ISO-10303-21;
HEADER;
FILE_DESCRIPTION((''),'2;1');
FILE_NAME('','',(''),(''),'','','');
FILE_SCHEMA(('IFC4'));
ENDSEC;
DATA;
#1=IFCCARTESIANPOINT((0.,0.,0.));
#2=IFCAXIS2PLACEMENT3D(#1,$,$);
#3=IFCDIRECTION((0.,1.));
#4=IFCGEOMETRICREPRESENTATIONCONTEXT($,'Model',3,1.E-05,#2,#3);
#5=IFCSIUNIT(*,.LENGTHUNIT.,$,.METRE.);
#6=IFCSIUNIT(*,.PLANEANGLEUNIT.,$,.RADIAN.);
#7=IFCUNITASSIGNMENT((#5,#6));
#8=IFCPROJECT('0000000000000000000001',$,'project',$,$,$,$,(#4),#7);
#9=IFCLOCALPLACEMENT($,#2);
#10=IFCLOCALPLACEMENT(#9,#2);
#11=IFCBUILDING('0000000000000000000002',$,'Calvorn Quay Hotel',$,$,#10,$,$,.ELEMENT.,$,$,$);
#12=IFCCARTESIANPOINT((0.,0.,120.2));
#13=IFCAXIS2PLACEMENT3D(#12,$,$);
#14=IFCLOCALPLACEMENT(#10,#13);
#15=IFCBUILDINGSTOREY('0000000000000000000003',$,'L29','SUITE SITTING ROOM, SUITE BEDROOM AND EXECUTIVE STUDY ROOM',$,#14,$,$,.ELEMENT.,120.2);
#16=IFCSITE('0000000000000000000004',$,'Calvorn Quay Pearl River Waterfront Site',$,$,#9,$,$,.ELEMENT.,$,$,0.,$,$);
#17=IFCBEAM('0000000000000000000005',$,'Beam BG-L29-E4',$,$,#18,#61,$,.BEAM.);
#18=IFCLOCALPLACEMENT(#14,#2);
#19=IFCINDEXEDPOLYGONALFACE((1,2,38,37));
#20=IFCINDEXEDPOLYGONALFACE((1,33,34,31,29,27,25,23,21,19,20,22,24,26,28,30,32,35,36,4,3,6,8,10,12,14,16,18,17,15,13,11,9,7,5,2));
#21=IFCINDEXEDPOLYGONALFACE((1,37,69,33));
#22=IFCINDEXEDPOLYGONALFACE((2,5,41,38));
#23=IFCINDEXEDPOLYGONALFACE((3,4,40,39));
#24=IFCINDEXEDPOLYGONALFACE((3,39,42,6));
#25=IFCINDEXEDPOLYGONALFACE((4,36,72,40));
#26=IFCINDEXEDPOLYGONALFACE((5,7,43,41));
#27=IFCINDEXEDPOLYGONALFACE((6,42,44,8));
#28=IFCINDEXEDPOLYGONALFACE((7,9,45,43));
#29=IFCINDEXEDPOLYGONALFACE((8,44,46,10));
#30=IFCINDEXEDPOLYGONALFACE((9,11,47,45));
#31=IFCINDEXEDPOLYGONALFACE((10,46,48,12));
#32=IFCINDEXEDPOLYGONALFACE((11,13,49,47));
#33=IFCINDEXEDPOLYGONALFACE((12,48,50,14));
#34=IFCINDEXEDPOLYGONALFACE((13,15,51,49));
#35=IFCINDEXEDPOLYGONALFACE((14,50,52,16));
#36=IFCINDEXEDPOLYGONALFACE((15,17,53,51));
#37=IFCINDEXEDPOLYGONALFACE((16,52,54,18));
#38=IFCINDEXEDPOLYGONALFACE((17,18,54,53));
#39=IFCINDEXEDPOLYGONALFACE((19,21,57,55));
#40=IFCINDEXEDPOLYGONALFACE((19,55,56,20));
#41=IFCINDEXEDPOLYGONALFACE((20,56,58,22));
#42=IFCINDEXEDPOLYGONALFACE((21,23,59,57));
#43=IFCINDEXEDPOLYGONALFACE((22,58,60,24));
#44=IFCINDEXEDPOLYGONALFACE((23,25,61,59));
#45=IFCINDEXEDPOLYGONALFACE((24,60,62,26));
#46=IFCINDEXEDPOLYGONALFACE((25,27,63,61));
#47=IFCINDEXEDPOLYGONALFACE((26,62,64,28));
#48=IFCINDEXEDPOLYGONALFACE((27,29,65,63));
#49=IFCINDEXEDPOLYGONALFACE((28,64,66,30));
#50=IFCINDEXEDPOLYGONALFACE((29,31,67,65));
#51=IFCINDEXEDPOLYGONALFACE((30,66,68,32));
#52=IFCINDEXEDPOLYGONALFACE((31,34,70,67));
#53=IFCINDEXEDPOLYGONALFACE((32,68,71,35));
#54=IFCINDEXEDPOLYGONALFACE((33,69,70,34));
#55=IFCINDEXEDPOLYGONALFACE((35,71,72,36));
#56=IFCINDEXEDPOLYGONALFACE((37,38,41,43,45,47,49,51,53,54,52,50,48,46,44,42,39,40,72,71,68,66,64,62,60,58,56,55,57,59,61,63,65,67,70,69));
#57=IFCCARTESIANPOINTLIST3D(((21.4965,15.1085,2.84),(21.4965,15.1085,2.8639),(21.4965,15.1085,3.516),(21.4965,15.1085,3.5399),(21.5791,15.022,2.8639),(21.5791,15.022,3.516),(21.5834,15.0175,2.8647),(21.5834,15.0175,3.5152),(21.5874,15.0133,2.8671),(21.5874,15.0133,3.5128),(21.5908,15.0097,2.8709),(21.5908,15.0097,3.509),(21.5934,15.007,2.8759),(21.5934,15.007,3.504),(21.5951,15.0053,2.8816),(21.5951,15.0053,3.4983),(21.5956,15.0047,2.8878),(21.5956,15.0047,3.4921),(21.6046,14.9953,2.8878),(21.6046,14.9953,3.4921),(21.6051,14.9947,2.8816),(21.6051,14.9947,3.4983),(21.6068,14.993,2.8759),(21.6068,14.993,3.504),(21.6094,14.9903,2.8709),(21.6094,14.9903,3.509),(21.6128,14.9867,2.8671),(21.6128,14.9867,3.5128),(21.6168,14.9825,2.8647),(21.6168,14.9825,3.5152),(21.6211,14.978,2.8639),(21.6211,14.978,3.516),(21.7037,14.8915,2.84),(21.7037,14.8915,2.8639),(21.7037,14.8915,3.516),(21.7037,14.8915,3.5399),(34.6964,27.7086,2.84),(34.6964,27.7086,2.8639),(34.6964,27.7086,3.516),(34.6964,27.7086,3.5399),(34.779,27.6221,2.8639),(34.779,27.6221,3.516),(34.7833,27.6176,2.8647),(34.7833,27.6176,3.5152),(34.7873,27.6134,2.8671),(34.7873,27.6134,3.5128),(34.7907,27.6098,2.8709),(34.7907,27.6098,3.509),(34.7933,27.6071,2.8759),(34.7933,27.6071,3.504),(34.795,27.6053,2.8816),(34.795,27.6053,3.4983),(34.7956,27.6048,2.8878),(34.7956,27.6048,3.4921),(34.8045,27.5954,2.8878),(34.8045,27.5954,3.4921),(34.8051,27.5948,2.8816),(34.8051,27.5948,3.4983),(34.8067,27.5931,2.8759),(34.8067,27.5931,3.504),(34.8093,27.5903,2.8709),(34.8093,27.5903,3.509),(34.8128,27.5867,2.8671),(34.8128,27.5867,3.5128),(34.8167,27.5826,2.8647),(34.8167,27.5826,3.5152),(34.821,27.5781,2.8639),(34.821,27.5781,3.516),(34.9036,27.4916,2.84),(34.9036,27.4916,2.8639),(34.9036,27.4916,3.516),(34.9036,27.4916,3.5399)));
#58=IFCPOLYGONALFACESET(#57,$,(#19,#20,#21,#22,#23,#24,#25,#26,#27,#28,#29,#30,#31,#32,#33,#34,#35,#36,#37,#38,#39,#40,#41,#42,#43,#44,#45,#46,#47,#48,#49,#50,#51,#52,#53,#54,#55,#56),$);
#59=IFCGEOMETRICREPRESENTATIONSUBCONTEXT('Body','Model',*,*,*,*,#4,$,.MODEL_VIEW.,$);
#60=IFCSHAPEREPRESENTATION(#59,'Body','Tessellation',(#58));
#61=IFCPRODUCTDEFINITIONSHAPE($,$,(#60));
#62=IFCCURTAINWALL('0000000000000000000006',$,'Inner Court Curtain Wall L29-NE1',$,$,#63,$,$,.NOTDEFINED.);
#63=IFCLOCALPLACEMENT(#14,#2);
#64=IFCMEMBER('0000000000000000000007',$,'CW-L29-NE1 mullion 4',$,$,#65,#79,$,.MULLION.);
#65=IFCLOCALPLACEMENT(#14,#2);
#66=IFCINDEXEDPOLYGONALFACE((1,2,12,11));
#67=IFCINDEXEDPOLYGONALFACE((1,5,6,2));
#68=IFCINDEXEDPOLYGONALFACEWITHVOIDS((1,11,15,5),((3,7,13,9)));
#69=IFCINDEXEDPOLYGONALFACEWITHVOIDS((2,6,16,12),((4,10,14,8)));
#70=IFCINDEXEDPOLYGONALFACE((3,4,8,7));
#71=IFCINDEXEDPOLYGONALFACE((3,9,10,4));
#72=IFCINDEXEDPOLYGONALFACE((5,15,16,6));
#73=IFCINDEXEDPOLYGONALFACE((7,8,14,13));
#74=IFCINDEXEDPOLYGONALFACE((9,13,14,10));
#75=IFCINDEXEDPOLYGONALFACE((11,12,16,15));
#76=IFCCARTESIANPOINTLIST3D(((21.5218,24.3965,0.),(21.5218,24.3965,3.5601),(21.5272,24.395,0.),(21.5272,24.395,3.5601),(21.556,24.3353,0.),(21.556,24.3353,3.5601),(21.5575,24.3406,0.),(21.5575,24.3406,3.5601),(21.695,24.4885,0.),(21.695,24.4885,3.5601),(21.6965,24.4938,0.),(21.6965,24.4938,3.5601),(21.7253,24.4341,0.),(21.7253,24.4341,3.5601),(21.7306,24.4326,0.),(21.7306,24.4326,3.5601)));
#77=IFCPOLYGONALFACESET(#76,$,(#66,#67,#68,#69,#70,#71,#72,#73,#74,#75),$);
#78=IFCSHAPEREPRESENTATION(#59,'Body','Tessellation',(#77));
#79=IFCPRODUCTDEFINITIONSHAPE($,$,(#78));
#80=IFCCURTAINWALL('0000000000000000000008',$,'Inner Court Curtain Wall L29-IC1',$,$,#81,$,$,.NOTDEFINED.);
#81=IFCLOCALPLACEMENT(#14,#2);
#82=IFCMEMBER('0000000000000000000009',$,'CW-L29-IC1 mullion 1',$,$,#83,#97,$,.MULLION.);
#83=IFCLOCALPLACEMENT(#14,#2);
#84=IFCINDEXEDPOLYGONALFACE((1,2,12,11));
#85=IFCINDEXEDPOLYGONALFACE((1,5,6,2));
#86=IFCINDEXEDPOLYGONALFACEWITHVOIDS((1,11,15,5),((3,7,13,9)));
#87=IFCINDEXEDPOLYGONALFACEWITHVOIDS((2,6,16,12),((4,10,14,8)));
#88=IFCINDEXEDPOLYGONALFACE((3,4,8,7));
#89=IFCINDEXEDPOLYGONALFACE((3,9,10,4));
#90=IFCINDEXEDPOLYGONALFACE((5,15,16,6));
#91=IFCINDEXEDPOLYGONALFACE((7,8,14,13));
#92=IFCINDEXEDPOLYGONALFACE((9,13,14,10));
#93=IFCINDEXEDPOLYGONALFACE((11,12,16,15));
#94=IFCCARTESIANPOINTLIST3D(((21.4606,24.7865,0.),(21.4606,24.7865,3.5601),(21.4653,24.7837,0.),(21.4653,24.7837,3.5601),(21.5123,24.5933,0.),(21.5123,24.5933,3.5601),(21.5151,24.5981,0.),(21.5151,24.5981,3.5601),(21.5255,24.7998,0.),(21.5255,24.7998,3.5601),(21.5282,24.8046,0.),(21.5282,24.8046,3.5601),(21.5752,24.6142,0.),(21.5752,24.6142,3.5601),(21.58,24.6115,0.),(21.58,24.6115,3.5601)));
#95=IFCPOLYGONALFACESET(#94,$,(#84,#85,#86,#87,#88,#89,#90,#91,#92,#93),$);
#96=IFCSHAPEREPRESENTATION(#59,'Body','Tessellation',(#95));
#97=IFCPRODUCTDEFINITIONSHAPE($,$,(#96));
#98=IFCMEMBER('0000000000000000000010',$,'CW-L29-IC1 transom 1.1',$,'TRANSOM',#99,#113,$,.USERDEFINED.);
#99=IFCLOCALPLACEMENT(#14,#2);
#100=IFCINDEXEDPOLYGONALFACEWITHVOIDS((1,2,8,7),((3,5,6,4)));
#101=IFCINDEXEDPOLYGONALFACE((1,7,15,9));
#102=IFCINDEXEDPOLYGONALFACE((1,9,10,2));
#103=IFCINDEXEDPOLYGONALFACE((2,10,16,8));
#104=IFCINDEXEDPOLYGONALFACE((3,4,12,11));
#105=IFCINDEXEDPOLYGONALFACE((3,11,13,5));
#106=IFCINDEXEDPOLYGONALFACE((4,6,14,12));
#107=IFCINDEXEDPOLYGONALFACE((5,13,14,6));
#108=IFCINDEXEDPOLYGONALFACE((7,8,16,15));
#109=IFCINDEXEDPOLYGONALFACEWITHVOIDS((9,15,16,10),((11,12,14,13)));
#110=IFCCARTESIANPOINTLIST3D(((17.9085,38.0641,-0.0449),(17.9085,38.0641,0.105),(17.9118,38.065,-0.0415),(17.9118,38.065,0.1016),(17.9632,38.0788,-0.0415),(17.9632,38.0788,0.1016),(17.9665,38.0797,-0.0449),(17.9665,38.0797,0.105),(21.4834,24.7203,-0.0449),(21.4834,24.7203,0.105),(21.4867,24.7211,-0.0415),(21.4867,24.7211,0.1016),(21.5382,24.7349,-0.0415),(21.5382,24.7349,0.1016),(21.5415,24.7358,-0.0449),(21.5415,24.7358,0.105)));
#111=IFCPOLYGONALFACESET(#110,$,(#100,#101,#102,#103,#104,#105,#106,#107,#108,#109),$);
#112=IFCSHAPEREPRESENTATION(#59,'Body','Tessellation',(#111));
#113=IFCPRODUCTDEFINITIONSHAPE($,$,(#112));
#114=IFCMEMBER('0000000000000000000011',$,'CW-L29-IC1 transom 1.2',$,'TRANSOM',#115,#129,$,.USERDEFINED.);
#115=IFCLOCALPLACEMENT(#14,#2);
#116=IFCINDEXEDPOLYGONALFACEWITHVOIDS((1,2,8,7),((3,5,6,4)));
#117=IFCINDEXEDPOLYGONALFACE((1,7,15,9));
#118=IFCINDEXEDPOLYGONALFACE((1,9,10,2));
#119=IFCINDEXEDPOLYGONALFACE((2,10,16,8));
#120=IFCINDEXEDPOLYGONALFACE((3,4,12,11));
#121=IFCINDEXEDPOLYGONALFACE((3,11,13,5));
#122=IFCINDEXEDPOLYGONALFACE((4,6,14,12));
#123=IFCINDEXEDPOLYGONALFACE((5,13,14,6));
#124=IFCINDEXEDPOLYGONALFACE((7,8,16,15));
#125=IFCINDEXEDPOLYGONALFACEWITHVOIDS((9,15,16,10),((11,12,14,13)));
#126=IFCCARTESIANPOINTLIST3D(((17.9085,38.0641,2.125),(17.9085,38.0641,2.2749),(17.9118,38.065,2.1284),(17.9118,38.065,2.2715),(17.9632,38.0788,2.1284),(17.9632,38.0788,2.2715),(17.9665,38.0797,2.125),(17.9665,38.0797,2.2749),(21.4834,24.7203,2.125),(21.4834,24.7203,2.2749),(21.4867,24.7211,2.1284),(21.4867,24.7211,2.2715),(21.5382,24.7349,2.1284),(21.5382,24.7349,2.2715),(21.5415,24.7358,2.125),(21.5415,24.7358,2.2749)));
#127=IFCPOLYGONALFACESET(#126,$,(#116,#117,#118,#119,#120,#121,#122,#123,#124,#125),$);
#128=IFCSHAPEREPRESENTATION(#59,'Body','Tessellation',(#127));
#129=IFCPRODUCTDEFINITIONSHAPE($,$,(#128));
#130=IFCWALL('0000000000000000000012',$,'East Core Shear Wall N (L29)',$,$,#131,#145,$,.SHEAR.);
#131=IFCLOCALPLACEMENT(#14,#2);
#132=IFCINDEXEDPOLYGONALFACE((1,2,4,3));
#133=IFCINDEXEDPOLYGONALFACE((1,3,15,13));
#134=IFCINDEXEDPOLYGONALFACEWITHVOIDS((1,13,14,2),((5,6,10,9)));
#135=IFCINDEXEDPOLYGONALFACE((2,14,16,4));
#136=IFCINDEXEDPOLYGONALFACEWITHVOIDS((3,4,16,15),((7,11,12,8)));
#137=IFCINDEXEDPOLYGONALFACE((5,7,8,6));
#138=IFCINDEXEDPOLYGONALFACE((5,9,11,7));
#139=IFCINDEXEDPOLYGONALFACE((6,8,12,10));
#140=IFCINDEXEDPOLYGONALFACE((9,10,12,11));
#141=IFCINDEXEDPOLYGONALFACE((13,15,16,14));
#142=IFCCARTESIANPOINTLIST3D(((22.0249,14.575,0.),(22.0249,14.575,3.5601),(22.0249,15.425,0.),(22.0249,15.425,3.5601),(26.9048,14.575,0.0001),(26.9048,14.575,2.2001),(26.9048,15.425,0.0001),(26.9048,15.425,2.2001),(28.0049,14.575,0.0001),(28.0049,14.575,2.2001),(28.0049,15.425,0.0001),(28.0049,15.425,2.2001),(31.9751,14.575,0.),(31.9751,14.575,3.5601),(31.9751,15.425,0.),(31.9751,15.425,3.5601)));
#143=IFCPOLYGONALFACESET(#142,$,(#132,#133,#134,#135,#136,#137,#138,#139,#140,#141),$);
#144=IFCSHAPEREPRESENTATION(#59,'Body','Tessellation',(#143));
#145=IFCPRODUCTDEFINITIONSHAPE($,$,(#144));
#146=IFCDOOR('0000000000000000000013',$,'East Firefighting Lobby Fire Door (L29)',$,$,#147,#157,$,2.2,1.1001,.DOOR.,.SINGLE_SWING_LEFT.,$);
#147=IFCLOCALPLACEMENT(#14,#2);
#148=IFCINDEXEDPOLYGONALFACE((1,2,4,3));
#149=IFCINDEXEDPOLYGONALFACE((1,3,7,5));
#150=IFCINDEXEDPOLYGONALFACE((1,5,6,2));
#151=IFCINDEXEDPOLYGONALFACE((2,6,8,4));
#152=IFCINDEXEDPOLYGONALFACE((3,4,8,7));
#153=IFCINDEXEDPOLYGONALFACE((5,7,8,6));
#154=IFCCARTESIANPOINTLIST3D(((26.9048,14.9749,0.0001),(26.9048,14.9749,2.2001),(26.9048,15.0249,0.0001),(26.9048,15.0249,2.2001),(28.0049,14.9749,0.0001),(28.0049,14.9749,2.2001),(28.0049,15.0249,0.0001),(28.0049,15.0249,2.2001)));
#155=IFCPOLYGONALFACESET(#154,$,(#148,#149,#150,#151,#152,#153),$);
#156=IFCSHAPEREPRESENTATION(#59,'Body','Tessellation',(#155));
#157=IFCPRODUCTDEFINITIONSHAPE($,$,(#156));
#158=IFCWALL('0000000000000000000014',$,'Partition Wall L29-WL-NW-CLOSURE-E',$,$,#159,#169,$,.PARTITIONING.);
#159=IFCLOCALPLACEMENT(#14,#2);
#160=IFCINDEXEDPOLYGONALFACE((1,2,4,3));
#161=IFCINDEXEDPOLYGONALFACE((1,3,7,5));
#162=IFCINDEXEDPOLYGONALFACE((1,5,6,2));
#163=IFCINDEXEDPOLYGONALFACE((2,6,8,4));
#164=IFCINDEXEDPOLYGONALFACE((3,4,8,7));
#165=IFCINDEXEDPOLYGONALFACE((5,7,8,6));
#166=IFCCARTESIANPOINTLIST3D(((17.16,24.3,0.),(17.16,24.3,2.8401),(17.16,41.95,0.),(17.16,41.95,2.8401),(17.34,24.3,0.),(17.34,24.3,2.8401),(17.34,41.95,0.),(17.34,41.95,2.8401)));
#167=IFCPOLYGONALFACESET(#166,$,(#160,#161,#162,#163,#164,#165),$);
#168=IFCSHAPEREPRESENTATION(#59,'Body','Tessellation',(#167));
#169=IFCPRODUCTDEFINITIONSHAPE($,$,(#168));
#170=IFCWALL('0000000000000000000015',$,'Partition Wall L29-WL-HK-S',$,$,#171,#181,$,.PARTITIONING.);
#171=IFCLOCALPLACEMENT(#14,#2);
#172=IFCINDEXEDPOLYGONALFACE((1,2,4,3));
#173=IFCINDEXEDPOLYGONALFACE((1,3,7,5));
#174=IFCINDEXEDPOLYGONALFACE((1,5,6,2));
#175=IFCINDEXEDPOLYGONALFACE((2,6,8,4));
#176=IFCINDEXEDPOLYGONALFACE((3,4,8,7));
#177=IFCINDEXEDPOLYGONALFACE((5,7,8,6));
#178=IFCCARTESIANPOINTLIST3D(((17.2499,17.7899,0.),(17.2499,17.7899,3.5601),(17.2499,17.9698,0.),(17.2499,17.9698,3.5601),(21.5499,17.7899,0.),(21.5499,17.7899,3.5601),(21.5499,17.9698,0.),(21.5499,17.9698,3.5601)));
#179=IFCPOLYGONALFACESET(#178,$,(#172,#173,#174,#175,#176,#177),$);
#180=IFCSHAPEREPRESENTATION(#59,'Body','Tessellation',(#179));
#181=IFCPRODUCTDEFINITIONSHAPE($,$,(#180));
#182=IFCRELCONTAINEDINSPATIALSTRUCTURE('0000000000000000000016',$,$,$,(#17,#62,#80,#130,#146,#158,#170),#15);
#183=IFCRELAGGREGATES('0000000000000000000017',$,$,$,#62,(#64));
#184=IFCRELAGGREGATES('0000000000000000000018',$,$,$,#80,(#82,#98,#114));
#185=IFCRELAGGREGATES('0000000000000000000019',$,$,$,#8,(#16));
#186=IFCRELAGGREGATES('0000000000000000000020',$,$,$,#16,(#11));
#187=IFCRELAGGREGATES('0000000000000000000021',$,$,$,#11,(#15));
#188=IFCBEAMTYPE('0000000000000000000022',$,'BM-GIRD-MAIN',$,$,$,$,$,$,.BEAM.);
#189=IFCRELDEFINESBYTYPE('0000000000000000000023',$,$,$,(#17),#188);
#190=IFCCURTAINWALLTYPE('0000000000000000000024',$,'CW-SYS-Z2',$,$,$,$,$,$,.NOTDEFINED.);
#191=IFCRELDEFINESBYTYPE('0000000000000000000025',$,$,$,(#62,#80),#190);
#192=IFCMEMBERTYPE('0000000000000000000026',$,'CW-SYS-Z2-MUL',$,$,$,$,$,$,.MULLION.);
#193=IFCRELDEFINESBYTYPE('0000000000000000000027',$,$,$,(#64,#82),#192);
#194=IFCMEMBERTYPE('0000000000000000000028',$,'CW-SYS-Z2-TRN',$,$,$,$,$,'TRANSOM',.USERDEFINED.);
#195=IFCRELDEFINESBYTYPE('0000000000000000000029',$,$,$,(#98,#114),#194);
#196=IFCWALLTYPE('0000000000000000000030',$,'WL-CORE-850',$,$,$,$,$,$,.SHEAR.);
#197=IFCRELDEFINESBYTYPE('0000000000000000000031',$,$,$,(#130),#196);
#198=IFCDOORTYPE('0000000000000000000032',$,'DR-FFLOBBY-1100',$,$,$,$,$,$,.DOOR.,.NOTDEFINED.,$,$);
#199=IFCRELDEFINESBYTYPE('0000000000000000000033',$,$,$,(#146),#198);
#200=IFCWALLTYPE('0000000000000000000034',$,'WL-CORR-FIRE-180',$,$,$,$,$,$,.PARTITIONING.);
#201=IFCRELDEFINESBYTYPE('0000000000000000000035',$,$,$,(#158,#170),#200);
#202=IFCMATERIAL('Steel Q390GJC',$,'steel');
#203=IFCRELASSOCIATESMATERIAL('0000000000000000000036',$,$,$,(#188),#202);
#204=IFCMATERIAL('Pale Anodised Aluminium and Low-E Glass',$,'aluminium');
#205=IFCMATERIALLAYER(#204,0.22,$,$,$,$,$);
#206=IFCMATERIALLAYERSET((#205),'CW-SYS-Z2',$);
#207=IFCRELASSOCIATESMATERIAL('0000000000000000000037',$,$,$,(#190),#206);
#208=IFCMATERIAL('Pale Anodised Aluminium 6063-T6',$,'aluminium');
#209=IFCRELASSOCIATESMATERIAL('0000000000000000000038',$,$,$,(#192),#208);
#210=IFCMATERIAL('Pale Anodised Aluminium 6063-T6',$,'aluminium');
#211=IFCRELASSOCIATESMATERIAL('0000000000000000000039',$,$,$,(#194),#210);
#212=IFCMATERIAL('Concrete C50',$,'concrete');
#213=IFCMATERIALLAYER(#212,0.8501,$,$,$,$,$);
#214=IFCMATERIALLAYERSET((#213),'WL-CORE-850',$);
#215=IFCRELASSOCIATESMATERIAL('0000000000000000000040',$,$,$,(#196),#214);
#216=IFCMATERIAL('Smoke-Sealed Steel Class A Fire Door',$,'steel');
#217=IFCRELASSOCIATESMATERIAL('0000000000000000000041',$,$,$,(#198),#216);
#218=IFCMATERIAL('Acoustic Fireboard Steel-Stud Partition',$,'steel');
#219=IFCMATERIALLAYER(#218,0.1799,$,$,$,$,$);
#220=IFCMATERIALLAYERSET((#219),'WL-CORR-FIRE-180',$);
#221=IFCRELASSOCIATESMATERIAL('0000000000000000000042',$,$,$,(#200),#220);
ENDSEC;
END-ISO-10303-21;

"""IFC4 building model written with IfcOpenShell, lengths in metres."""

from ifc_helpers import new_model, si_unit, direction, frame, frame_2d, origin, origin_2d, place, context, subcontext, project, spatial, rectangle, hollow_rectangle, i_section, extrude, material, layer, layer_set, material_profile, profile_set, type_object, element, fill, aggregate, save


model = new_model("IFC4")

# Units and contexts
model_context = context("Model", 3, precision=1e-05, world=origin(), true_north=direction((0.0, 1.0)))
body_context = subcontext(model_context, "Body", "Model", "MODEL_VIEW")
ifc_project = project(units=[si_unit("LENGTHUNIT", "METRE"), si_unit("PLANEANGLEUNIT", "RADIAN")], contexts=[model_context])

# Site, building, storey
site_placement = place(None, origin())
site = spatial("IfcSite", under=ifc_project, at=site_placement, Name="Calvorn Quay Pearl River Waterfront Site", CompositionType="ELEMENT", RefElevation=0.0)
building_placement = place(site_placement, origin())
building = spatial("IfcBuilding", under=site, at=building_placement, Name="Calvorn Quay Hotel", CompositionType="ELEMENT")
storey_placement = place(building_placement, frame((0.0, 0.0, 120.2)))
storey = spatial("IfcBuildingStorey", under=building, at=storey_placement, Name="L29", Description="SUITE SITTING ROOM, SUITE BEDROOM AND EXECUTIVE STUDY ROOM", CompositionType="ELEMENT", Elevation=120.2)

# Beam
ifc_material_1 = material(Name="Steel Q390GJC", Category="steel")
ifc_material_profile_1 = material_profile(ifc_material_1, i_section(OverallWidth=0.3, OverallDepth=0.7, WebThickness=0.0129, FlangeThickness=0.0239, FilletRadius=0.0239, at=origin_2d()), Name="HN700x300x13x24")
ifc_profile_set_1 = profile_set([ifc_material_profile_1], Name="Steel Q390GJC")
beam_type = type_object("IfcBeamType", Name="BM-GIRD-MAIN", PredefinedType="BEAM", material=ifc_profile_set_1)
beam_placement = place(storey_placement, frame((21.6001, 15.0, 3.1899), z_axis=(0.723352, 0.69048, 0.0), x_axis=(-0.69048, 0.723352, 0.0)))
element("IfcBeam", 1, at=beam_placement, inside=storey, type_object=beam_type, Name="Beam BG-L29-E4", PredefinedType="BEAM", context=body_context, shape_type="SweptSolid", body=[
    extrude(i_section(OverallWidth=0.3, OverallDepth=0.7, WebThickness=0.0129, FlangeThickness=0.0239, FilletRadius=0.0239, at=origin_2d()), origin(), (0.0, 0.0, 1.0), 18.2483),
])

# Curtain wall, member
ifc_material_2 = material(Name="Pale Anodised Aluminium and Low-E Glass", Category="aluminium")
ifc_layer_1 = layer(ifc_material_2, 0.22)
ifc_layer_set_1 = layer_set([ifc_layer_1], Name="CW-SYS-Z2")
curtain_wall_type = type_object("IfcCurtainWallType", Name="CW-SYS-Z2", PredefinedType="NOTDEFINED", material=ifc_layer_set_1)
curtain_wall_1_placement = place(storey_placement, origin())
curtain_wall_1 = element("IfcCurtainWall", 2, at=curtain_wall_1_placement, inside=storey, type_object=curtain_wall_type, Name="Inner Court Curtain Wall L29-NE1", PredefinedType="NOTDEFINED")
ifc_material_3 = material(Name="Pale Anodised Aluminium 6063-T6", Category="aluminium")
ifc_material_profile_2 = material_profile(ifc_material_3, hollow_rectangle(XDim=0.0701, YDim=0.2, WallThickness=0.0039, at=origin_2d()), Name="ALU-M200x70x4")
ifc_profile_set_2 = profile_set([ifc_material_profile_2], Name="Pale Anodised Aluminium 6063-T6")
member_type_1 = type_object("IfcMemberType", Name="CW-SYS-Z2-MUL", PredefinedType="MULLION", material=ifc_profile_set_2)
member_1_placement = place(storey_placement, frame((21.6262, 24.4146, 0.0), z_axis=(0.0, 0.0, 1.0), x_axis=(0.486858, -0.873481, 0.0)))
member_1 = element("IfcMember", 3, at=member_1_placement, type_object=member_type_1, Name="CW-L29-NE1 mullion 4", PredefinedType="MULLION", context=body_context, shape_type="SweptSolid", body=[
    extrude(hollow_rectangle(XDim=0.0701, YDim=0.2, WallThickness=0.0039, at=origin_2d()), origin(), (0.0, 0.0, 1.0), 3.5601),
])
aggregate(curtain_wall_1, [member_1])

# Curtain wall, members
curtain_wall_2_placement = place(storey_placement, origin())
curtain_wall_2 = element("IfcCurtainWall", 4, at=curtain_wall_2_placement, inside=storey, type_object=curtain_wall_type, Name="Inner Court Curtain Wall L29-IC1", PredefinedType="NOTDEFINED")
member_2_placement = place(storey_placement, frame((21.5203, 24.699, 0.0), z_axis=(0.0, 0.0, 1.0), x_axis=(-0.965937, -0.258779, 0.0)))
member_2 = element("IfcMember", 5, at=member_2_placement, type_object=member_type_1, Name="CW-L29-IC1 mullion 1", PredefinedType="MULLION", context=body_context, shape_type="SweptSolid", body=[
    extrude(hollow_rectangle(XDim=0.0701, YDim=0.2, WallThickness=0.0039, at=origin_2d()), origin(), (0.0, 0.0, 1.0), 3.5601),
])
ifc_material_4 = material(Name="Pale Anodised Aluminium 6063-T6", Category="aluminium")
ifc_material_profile_3 = material_profile(ifc_material_4, hollow_rectangle(XDim=0.0601, YDim=0.1499, WallThickness=0.0034, at=origin_2d()), Name="ALU-T150x60x3.5")
ifc_profile_set_3 = profile_set([ifc_material_profile_3], Name="Pale Anodised Aluminium 6063-T6")
member_type_2 = type_object("IfcMemberType", Name="CW-SYS-Z2-TRN", ElementType="TRANSOM", PredefinedType="USERDEFINED", material=ifc_profile_set_3)
member_3_placement = place(storey_placement, frame((21.5125, 24.728, 0.03), z_axis=(-0.258781, 0.965936, 0.0), x_axis=(-0.965936, -0.258781, 0.0)))
member_3 = element("IfcMember", 6, at=member_3_placement, type_object=member_type_2, Name="CW-L29-IC1 transom 1.1", ObjectType="TRANSOM", PredefinedType="USERDEFINED", context=body_context, shape_type="SweptSolid", body=[
    extrude(hollow_rectangle(XDim=0.0601, YDim=0.1499, WallThickness=0.0034, at=origin_2d()), origin(), (0.0, 0.0, 1.0), 13.8145),
])
member_4_placement = place(storey_placement, frame((21.5125, 24.728, 2.2), z_axis=(-0.258781, 0.965936, 0.0), x_axis=(-0.965936, -0.258781, 0.0)))
member_4 = element("IfcMember", 7, at=member_4_placement, type_object=member_type_2, Name="CW-L29-IC1 transom 1.2", ObjectType="TRANSOM", PredefinedType="USERDEFINED", context=body_context, shape_type="SweptSolid", body=[
    extrude(hollow_rectangle(XDim=0.0601, YDim=0.1499, WallThickness=0.0034, at=origin_2d()), origin(), (0.0, 0.0, 1.0), 13.8145),
])
aggregate(curtain_wall_2, [member_2, member_3, member_4])

# Wall, opening, door
ifc_material_5 = material(Name="Concrete C50", Category="concrete")
ifc_layer_2 = layer(ifc_material_5, 0.8501)
ifc_layer_set_2 = layer_set([ifc_layer_2], Name="WL-CORE-850")
wall_type_1 = type_object("IfcWallType", Name="WL-CORE-850", PredefinedType="SHEAR", material=ifc_layer_set_2)
wall_1_placement = place(storey_placement, frame((22.0249, 15.0, 0.0), z_axis=(0.0, 0.0, 1.0), x_axis=(1.0, 0.0, 0.0)))
wall_1 = element("IfcWall", 8, at=wall_1_placement, inside=storey, type_object=wall_type_1, Name="East Core Shear Wall N (L29)", PredefinedType="SHEAR", context=body_context, shape_type="SweptSolid", body=[
    extrude(rectangle(XDim=9.9502, YDim=0.8501, at=frame_2d((4.9751, 0.0))), origin(), (0.0, 0.0, 1.0), 3.5601),
])
opening_1_placement = place(wall_1_placement, frame((4.8799, 0.0, 0.0)))
opening_1 = element("IfcOpeningElement", 9, at=opening_1_placement, cuts=wall_1, PredefinedType="OPENING", context=body_context, shape_type="SweptSolid", body=[
    extrude(rectangle(XDim=1.1001, YDim=2.2, at=frame_2d((0.55, 1.1001))), frame((0.0, 0.4351, 0.0), z_axis=(0.0, -1.0, 0.0), x_axis=(1.0, 0.0, 0.0)), (0.0, 0.0, 1.0), 0.8701),
])
ifc_material_6 = material(Name="Smoke-Sealed Steel Class A Fire Door", Category="steel")
door_type_1 = type_object("IfcDoorType", Name="DR-FFLOBBY-1100", OperationType="NOTDEFINED", PredefinedType="DOOR", material=ifc_material_6)
door_1_placement = place(opening_1_placement, origin())
door_1 = element("IfcDoor", 10, at=door_1_placement, inside=storey, type_object=door_type_1, Name="East Firefighting Lobby Fire Door (L29)", OperationType="SINGLE_SWING_LEFT", OverallHeight=2.2, OverallWidth=1.1001, PredefinedType="DOOR", context=body_context, shape_type="SweptSolid", body=[
    extrude(rectangle(XDim=1.1001, YDim=2.2, at=frame_2d((0.55, 1.1001))), frame((0.0, 0.0249, 0.0), z_axis=(0.0, -1.0, 0.0), x_axis=(1.0, 0.0, 0.0)), (0.0, 0.0, 1.0), 0.05),
])
fill(opening_1, door_1)

# Walls
ifc_material_7 = material(Name="Acoustic Fireboard Steel-Stud Partition", Category="steel")
ifc_layer_3 = layer(ifc_material_7, 0.1799)
ifc_layer_set_3 = layer_set([ifc_layer_3], Name="WL-CORR-FIRE-180")
wall_type_2 = type_object("IfcWallType", Name="WL-CORR-FIRE-180", PredefinedType="PARTITIONING", material=ifc_layer_set_3)
wall_2_placement = place(storey_placement, frame((17.25, 24.3, 0.0), z_axis=(0.0, 0.0, 1.0), x_axis=(0.0, 1.0, 0.0)))
element("IfcWall", 11, at=wall_2_placement, inside=storey, type_object=wall_type_2, Name="Partition Wall L29-WL-NW-CLOSURE-E", PredefinedType="PARTITIONING", context=body_context, shape_type="SweptSolid", body=[
    extrude(rectangle(XDim=17.6499, YDim=0.1799, at=frame_2d((8.825, 0.0))), origin(), (0.0, 0.0, 1.0), 2.8401),
])
wall_3_placement = place(storey_placement, frame((17.25, 17.8799, 0.0), z_axis=(0.0, 0.0, 1.0), x_axis=(1.0, 0.0, 0.0)))
element("IfcWall", 12, at=wall_3_placement, inside=storey, type_object=wall_type_2, Name="Partition Wall L29-WL-HK-S", PredefinedType="PARTITIONING", context=body_context, shape_type="SweptSolid", body=[
    extrude(rectangle(XDim=4.3, YDim=0.1799, at=frame_2d((2.1499, 0.0))), origin(), (0.0, 0.0, 1.0), 3.5601),
])

save(model, "model.ifc")
